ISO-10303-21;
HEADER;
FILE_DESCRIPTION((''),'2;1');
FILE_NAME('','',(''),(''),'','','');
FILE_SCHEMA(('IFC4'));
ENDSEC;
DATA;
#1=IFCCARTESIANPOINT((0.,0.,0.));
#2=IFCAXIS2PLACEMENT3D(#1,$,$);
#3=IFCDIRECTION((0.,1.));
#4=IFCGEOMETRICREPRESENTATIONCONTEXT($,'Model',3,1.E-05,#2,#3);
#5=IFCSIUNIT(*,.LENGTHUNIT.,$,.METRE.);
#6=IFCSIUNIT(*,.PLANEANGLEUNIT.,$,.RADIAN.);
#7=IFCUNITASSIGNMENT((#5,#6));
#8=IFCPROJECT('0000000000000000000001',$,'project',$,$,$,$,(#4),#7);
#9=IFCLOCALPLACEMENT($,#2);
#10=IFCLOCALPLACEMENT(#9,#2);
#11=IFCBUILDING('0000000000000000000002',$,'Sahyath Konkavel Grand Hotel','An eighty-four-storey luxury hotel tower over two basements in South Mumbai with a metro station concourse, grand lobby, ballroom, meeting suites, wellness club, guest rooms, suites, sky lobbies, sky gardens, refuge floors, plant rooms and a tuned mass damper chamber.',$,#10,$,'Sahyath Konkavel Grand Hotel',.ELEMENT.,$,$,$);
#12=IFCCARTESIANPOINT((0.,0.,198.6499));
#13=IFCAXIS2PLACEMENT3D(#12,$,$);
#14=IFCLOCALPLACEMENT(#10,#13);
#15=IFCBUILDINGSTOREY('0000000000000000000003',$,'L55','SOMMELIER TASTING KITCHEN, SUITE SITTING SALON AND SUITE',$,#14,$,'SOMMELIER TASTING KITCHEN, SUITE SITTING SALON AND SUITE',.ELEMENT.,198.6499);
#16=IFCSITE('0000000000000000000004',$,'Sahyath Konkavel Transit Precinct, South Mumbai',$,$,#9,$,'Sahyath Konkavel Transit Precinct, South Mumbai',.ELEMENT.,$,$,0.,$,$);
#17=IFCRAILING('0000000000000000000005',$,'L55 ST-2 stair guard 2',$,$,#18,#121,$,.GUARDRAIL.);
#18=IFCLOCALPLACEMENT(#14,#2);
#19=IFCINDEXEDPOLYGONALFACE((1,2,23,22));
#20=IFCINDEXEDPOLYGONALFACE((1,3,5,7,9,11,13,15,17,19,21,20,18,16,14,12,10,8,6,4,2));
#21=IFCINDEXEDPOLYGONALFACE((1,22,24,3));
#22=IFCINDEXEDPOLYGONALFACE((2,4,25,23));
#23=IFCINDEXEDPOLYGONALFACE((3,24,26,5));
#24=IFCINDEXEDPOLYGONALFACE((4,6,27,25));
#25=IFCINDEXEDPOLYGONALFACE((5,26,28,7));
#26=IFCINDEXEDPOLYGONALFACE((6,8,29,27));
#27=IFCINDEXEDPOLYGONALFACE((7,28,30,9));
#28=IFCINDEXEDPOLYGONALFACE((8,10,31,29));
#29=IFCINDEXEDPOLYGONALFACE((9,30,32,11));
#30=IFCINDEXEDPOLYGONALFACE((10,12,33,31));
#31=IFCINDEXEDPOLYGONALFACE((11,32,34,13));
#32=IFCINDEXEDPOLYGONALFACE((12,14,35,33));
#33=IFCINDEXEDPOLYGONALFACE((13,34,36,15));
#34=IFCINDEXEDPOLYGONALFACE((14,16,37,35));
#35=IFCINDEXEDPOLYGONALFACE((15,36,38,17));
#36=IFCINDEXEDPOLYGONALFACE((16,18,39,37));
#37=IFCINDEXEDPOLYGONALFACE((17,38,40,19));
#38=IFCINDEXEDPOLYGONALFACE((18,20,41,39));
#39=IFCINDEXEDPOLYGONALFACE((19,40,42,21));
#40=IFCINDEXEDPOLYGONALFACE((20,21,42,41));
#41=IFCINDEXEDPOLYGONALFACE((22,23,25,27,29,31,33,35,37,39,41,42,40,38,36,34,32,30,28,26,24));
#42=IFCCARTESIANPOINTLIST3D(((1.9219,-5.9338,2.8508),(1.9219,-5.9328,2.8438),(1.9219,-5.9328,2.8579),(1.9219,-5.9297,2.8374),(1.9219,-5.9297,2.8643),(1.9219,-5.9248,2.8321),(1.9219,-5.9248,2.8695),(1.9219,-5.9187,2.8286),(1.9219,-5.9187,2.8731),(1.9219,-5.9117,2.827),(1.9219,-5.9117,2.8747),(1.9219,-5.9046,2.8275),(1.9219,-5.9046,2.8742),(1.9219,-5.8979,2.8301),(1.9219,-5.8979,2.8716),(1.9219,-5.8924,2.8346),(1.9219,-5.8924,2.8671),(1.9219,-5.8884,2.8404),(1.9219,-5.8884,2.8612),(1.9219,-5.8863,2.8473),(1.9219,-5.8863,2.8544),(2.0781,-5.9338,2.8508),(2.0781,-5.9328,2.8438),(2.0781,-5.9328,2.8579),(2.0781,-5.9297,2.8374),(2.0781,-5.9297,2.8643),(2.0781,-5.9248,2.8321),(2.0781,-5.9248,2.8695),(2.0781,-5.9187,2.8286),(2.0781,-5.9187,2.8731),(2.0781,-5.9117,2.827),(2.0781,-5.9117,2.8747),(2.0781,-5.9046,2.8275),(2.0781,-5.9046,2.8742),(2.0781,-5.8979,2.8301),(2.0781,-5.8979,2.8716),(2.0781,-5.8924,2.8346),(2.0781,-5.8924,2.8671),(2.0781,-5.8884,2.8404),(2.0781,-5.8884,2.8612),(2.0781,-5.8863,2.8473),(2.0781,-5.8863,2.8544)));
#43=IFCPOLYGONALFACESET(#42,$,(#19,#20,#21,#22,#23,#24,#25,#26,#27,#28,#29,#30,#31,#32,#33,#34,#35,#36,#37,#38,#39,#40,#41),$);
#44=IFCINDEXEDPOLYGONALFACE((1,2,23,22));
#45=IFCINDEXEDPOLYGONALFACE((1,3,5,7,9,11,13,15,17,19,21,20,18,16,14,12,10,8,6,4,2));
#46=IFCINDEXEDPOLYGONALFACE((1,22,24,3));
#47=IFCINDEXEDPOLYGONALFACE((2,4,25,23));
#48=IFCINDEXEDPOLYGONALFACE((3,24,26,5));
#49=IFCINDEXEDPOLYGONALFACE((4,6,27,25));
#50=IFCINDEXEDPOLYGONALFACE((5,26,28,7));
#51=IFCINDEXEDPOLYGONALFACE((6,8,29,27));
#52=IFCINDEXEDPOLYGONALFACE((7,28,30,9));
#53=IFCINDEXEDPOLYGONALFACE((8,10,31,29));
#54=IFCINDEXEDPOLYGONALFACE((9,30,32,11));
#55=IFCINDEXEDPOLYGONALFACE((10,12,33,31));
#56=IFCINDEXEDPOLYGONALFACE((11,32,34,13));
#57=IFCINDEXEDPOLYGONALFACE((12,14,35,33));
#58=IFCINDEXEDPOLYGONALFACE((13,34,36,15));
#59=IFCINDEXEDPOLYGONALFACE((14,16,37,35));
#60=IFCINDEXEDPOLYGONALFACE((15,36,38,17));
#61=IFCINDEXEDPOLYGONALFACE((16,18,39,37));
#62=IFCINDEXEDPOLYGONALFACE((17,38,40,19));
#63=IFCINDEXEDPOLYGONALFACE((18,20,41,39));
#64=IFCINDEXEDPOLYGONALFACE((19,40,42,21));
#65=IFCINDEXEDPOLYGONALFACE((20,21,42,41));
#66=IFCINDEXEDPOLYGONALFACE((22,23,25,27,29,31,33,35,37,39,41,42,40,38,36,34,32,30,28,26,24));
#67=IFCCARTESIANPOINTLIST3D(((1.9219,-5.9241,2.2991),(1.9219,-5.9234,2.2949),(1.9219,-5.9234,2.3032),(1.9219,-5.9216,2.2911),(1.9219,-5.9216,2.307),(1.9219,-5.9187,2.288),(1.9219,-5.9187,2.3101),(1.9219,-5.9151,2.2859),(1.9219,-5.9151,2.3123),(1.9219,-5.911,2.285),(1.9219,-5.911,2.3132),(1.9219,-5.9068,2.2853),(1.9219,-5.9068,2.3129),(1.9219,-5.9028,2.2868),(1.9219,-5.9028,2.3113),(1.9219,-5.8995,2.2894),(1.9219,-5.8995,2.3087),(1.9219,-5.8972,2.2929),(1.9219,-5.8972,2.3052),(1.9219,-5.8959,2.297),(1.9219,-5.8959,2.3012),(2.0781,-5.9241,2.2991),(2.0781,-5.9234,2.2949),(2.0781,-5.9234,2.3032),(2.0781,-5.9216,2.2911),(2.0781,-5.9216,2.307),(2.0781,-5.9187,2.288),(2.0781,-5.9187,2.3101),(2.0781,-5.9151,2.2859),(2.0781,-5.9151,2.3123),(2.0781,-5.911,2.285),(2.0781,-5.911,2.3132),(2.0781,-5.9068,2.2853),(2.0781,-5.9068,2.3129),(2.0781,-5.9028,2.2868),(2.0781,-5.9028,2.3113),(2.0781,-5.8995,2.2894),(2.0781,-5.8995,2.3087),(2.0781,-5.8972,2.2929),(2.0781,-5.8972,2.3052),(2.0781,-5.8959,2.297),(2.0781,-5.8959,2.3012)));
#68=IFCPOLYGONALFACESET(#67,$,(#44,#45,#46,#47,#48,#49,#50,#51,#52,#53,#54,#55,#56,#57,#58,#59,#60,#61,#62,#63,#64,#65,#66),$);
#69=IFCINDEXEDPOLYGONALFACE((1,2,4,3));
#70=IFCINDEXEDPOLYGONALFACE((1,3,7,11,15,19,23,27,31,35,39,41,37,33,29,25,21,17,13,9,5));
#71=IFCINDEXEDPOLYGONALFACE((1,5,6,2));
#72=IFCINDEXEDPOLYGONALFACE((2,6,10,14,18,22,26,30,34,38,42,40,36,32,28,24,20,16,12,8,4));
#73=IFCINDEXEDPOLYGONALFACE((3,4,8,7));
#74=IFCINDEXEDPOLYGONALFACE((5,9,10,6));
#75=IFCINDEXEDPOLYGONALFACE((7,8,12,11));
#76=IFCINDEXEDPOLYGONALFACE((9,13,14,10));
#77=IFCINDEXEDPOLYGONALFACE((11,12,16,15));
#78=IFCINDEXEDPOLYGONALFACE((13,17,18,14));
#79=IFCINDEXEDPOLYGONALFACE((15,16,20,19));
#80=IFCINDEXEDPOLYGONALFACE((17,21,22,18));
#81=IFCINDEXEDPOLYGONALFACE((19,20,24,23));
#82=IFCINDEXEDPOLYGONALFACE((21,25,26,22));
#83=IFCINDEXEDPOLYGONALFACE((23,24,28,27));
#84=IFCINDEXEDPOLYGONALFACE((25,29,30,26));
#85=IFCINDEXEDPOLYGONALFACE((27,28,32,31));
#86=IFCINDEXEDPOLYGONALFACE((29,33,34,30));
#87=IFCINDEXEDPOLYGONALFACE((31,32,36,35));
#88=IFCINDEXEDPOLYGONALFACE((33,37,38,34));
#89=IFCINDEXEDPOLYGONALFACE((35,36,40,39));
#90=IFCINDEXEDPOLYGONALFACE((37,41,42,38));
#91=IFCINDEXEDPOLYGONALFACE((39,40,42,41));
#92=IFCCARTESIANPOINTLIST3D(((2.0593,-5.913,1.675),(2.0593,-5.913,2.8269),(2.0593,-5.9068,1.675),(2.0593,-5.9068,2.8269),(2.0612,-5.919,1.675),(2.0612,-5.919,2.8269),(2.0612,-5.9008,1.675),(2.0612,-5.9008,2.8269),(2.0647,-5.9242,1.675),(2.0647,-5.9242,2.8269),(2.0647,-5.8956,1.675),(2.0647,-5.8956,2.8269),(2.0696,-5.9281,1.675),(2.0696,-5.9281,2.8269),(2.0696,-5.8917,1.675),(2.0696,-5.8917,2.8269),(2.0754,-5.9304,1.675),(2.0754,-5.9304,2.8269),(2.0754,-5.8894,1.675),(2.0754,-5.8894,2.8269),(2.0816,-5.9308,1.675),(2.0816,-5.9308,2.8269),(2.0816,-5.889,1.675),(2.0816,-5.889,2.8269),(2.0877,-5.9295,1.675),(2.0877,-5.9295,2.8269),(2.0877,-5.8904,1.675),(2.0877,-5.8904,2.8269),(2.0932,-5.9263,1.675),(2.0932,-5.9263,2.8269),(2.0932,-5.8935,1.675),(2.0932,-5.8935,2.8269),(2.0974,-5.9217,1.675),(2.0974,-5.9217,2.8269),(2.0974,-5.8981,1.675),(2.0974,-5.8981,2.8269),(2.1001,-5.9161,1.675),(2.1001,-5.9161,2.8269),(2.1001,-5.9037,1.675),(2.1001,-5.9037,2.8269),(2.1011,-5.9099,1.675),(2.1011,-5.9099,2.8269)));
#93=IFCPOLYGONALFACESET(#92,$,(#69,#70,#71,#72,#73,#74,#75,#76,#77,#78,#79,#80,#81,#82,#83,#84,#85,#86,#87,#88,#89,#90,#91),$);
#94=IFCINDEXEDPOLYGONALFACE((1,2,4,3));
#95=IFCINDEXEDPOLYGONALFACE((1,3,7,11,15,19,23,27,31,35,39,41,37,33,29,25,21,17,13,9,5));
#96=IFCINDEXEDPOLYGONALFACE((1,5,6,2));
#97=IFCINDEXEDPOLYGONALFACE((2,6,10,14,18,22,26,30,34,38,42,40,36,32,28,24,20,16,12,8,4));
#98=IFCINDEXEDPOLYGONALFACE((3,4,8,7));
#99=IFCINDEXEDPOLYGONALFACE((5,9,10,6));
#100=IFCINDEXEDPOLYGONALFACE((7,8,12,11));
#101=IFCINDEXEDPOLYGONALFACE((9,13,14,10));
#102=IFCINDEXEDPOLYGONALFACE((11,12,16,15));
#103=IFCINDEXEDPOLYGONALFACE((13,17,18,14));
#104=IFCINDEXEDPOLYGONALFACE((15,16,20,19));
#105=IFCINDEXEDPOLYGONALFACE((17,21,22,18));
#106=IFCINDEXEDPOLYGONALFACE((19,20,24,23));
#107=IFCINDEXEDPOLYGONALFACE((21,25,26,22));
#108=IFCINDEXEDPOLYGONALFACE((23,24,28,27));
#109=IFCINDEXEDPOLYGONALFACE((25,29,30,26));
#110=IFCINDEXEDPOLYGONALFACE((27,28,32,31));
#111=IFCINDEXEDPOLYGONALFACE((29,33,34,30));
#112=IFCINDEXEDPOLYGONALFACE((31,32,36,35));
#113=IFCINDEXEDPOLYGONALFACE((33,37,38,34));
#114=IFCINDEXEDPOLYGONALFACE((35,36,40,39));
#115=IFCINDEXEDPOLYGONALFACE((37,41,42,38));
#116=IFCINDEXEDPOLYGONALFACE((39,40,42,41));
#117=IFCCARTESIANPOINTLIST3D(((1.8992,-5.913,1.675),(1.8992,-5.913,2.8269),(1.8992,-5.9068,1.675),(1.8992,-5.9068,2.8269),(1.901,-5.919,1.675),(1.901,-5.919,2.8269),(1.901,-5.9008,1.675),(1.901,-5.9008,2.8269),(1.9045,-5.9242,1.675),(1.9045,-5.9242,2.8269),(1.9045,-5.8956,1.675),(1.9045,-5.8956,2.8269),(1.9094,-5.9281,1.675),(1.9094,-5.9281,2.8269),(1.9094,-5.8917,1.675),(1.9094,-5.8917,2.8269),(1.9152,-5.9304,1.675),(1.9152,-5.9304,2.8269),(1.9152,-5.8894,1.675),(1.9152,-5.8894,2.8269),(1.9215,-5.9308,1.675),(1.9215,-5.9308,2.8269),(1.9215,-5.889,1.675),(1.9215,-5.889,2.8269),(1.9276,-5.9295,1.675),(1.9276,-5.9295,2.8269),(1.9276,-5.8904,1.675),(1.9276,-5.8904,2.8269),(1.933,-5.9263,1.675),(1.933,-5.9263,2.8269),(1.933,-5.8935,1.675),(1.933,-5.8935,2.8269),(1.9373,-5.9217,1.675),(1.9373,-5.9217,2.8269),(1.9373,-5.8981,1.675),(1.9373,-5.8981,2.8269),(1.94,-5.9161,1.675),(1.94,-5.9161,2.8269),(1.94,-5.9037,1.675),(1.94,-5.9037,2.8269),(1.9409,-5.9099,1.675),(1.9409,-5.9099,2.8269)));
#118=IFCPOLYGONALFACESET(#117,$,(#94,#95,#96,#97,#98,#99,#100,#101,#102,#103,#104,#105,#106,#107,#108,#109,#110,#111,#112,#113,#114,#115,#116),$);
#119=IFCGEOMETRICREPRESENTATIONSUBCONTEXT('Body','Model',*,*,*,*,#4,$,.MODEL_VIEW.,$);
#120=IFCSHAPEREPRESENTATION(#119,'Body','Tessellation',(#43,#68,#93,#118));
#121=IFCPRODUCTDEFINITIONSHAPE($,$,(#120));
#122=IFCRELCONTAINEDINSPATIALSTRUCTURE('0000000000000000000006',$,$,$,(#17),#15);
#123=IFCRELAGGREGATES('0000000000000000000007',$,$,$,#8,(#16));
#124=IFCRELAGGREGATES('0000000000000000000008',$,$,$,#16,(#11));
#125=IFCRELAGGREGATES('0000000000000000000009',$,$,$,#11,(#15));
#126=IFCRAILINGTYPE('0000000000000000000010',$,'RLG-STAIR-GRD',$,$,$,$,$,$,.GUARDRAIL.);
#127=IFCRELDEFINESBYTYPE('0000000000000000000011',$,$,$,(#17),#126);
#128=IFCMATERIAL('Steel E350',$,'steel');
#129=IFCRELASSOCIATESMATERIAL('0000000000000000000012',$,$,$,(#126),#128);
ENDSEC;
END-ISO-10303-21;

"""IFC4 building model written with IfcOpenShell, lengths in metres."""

from ifc_helpers import new_model, si_unit, direction, frame, origin, origin_2d, place, context, subcontext, project, spatial, circle, extrude, material, type_object, element, save


model = new_model("IFC4")

# Units and contexts
model_context = context("Model", 3, precision=1e-05, world=origin(), true_north=direction((0.0, 1.0)))
body_context = subcontext(model_context, "Body", "Model", "MODEL_VIEW")
ifc_project = project(units=[si_unit("LENGTHUNIT", "METRE"), si_unit("PLANEANGLEUNIT", "RADIAN")], contexts=[model_context])

# Site, building, storey
site_placement = place(None, origin())
site = spatial("IfcSite", under=ifc_project, at=site_placement, Name="Sahyath Konkavel Transit Precinct, South Mumbai", LongName="Sahyath Konkavel Transit Precinct, South Mumbai", CompositionType="ELEMENT", RefElevation=0.0)
building_placement = place(site_placement, origin())
building = spatial("IfcBuilding", under=site, at=building_placement, Name="Sahyath Konkavel Grand Hotel", Description="An eighty-four-storey luxury hotel tower over two basements in South Mumbai with a metro station concourse, grand lobby, ballroom, meeting suites, wellness club, guest rooms, suites, sky lobbies, sky gardens, refuge floors, plant rooms and a tuned mass damper chamber.", LongName="Sahyath Konkavel Grand Hotel", CompositionType="ELEMENT")
storey_placement = place(building_placement, frame((0.0, 0.0, 198.6499)))
storey = spatial("IfcBuildingStorey", under=building, at=storey_placement, Name="L55", Description="SOMMELIER TASTING KITCHEN, SUITE SITTING SALON AND SUITE", LongName="SOMMELIER TASTING KITCHEN, SUITE SITTING SALON AND SUITE", CompositionType="ELEMENT", Elevation=198.6499)

# Shared definitions
ifc_material_1 = material(Name="Steel E350", Category="steel")

# Railing
railing_type_1 = type_object("IfcRailingType", Name="RLG-STAIR-GRD", PredefinedType="GUARDRAIL", material=ifc_material_1)
railing_1_placement = place(storey_placement, frame((2.0801, -5.9099, 1.675)))
element("IfcRailing", 1, at=railing_1_placement, inside=storey, type_object=railing_type_1, Name="L55 ST-2 stair guard 2", PredefinedType="GUARDRAIL", context=body_context, shape_type="SweptSolid", body=[
    extrude(circle(Radius=0.0239, at=origin_2d()), frame((-0.002, 0.0, 1.1758), z_axis=(-1.0, 0.0, 0.0), x_axis=(0.0, -1.0, 0.0)), (0.0, 0.0, 1.0), 0.1562),
    extrude(circle(Radius=0.0142, at=origin_2d()), frame((-0.002, 0.0, 0.624), z_axis=(-1.0, 0.0, 0.0), x_axis=(0.0, -1.0, 0.0)), (0.0, 0.0, 1.0), 0.1562),
    extrude(circle(Radius=0.021, at=origin_2d()), origin(), (0.0, 0.0, 1.0), 1.1519),
    extrude(circle(Radius=0.021, at=origin_2d()), frame((-0.1602, 0.0, 0.0)), (0.0, 0.0, 1.0), 1.1519),
])

save(model, "model.ifc")
